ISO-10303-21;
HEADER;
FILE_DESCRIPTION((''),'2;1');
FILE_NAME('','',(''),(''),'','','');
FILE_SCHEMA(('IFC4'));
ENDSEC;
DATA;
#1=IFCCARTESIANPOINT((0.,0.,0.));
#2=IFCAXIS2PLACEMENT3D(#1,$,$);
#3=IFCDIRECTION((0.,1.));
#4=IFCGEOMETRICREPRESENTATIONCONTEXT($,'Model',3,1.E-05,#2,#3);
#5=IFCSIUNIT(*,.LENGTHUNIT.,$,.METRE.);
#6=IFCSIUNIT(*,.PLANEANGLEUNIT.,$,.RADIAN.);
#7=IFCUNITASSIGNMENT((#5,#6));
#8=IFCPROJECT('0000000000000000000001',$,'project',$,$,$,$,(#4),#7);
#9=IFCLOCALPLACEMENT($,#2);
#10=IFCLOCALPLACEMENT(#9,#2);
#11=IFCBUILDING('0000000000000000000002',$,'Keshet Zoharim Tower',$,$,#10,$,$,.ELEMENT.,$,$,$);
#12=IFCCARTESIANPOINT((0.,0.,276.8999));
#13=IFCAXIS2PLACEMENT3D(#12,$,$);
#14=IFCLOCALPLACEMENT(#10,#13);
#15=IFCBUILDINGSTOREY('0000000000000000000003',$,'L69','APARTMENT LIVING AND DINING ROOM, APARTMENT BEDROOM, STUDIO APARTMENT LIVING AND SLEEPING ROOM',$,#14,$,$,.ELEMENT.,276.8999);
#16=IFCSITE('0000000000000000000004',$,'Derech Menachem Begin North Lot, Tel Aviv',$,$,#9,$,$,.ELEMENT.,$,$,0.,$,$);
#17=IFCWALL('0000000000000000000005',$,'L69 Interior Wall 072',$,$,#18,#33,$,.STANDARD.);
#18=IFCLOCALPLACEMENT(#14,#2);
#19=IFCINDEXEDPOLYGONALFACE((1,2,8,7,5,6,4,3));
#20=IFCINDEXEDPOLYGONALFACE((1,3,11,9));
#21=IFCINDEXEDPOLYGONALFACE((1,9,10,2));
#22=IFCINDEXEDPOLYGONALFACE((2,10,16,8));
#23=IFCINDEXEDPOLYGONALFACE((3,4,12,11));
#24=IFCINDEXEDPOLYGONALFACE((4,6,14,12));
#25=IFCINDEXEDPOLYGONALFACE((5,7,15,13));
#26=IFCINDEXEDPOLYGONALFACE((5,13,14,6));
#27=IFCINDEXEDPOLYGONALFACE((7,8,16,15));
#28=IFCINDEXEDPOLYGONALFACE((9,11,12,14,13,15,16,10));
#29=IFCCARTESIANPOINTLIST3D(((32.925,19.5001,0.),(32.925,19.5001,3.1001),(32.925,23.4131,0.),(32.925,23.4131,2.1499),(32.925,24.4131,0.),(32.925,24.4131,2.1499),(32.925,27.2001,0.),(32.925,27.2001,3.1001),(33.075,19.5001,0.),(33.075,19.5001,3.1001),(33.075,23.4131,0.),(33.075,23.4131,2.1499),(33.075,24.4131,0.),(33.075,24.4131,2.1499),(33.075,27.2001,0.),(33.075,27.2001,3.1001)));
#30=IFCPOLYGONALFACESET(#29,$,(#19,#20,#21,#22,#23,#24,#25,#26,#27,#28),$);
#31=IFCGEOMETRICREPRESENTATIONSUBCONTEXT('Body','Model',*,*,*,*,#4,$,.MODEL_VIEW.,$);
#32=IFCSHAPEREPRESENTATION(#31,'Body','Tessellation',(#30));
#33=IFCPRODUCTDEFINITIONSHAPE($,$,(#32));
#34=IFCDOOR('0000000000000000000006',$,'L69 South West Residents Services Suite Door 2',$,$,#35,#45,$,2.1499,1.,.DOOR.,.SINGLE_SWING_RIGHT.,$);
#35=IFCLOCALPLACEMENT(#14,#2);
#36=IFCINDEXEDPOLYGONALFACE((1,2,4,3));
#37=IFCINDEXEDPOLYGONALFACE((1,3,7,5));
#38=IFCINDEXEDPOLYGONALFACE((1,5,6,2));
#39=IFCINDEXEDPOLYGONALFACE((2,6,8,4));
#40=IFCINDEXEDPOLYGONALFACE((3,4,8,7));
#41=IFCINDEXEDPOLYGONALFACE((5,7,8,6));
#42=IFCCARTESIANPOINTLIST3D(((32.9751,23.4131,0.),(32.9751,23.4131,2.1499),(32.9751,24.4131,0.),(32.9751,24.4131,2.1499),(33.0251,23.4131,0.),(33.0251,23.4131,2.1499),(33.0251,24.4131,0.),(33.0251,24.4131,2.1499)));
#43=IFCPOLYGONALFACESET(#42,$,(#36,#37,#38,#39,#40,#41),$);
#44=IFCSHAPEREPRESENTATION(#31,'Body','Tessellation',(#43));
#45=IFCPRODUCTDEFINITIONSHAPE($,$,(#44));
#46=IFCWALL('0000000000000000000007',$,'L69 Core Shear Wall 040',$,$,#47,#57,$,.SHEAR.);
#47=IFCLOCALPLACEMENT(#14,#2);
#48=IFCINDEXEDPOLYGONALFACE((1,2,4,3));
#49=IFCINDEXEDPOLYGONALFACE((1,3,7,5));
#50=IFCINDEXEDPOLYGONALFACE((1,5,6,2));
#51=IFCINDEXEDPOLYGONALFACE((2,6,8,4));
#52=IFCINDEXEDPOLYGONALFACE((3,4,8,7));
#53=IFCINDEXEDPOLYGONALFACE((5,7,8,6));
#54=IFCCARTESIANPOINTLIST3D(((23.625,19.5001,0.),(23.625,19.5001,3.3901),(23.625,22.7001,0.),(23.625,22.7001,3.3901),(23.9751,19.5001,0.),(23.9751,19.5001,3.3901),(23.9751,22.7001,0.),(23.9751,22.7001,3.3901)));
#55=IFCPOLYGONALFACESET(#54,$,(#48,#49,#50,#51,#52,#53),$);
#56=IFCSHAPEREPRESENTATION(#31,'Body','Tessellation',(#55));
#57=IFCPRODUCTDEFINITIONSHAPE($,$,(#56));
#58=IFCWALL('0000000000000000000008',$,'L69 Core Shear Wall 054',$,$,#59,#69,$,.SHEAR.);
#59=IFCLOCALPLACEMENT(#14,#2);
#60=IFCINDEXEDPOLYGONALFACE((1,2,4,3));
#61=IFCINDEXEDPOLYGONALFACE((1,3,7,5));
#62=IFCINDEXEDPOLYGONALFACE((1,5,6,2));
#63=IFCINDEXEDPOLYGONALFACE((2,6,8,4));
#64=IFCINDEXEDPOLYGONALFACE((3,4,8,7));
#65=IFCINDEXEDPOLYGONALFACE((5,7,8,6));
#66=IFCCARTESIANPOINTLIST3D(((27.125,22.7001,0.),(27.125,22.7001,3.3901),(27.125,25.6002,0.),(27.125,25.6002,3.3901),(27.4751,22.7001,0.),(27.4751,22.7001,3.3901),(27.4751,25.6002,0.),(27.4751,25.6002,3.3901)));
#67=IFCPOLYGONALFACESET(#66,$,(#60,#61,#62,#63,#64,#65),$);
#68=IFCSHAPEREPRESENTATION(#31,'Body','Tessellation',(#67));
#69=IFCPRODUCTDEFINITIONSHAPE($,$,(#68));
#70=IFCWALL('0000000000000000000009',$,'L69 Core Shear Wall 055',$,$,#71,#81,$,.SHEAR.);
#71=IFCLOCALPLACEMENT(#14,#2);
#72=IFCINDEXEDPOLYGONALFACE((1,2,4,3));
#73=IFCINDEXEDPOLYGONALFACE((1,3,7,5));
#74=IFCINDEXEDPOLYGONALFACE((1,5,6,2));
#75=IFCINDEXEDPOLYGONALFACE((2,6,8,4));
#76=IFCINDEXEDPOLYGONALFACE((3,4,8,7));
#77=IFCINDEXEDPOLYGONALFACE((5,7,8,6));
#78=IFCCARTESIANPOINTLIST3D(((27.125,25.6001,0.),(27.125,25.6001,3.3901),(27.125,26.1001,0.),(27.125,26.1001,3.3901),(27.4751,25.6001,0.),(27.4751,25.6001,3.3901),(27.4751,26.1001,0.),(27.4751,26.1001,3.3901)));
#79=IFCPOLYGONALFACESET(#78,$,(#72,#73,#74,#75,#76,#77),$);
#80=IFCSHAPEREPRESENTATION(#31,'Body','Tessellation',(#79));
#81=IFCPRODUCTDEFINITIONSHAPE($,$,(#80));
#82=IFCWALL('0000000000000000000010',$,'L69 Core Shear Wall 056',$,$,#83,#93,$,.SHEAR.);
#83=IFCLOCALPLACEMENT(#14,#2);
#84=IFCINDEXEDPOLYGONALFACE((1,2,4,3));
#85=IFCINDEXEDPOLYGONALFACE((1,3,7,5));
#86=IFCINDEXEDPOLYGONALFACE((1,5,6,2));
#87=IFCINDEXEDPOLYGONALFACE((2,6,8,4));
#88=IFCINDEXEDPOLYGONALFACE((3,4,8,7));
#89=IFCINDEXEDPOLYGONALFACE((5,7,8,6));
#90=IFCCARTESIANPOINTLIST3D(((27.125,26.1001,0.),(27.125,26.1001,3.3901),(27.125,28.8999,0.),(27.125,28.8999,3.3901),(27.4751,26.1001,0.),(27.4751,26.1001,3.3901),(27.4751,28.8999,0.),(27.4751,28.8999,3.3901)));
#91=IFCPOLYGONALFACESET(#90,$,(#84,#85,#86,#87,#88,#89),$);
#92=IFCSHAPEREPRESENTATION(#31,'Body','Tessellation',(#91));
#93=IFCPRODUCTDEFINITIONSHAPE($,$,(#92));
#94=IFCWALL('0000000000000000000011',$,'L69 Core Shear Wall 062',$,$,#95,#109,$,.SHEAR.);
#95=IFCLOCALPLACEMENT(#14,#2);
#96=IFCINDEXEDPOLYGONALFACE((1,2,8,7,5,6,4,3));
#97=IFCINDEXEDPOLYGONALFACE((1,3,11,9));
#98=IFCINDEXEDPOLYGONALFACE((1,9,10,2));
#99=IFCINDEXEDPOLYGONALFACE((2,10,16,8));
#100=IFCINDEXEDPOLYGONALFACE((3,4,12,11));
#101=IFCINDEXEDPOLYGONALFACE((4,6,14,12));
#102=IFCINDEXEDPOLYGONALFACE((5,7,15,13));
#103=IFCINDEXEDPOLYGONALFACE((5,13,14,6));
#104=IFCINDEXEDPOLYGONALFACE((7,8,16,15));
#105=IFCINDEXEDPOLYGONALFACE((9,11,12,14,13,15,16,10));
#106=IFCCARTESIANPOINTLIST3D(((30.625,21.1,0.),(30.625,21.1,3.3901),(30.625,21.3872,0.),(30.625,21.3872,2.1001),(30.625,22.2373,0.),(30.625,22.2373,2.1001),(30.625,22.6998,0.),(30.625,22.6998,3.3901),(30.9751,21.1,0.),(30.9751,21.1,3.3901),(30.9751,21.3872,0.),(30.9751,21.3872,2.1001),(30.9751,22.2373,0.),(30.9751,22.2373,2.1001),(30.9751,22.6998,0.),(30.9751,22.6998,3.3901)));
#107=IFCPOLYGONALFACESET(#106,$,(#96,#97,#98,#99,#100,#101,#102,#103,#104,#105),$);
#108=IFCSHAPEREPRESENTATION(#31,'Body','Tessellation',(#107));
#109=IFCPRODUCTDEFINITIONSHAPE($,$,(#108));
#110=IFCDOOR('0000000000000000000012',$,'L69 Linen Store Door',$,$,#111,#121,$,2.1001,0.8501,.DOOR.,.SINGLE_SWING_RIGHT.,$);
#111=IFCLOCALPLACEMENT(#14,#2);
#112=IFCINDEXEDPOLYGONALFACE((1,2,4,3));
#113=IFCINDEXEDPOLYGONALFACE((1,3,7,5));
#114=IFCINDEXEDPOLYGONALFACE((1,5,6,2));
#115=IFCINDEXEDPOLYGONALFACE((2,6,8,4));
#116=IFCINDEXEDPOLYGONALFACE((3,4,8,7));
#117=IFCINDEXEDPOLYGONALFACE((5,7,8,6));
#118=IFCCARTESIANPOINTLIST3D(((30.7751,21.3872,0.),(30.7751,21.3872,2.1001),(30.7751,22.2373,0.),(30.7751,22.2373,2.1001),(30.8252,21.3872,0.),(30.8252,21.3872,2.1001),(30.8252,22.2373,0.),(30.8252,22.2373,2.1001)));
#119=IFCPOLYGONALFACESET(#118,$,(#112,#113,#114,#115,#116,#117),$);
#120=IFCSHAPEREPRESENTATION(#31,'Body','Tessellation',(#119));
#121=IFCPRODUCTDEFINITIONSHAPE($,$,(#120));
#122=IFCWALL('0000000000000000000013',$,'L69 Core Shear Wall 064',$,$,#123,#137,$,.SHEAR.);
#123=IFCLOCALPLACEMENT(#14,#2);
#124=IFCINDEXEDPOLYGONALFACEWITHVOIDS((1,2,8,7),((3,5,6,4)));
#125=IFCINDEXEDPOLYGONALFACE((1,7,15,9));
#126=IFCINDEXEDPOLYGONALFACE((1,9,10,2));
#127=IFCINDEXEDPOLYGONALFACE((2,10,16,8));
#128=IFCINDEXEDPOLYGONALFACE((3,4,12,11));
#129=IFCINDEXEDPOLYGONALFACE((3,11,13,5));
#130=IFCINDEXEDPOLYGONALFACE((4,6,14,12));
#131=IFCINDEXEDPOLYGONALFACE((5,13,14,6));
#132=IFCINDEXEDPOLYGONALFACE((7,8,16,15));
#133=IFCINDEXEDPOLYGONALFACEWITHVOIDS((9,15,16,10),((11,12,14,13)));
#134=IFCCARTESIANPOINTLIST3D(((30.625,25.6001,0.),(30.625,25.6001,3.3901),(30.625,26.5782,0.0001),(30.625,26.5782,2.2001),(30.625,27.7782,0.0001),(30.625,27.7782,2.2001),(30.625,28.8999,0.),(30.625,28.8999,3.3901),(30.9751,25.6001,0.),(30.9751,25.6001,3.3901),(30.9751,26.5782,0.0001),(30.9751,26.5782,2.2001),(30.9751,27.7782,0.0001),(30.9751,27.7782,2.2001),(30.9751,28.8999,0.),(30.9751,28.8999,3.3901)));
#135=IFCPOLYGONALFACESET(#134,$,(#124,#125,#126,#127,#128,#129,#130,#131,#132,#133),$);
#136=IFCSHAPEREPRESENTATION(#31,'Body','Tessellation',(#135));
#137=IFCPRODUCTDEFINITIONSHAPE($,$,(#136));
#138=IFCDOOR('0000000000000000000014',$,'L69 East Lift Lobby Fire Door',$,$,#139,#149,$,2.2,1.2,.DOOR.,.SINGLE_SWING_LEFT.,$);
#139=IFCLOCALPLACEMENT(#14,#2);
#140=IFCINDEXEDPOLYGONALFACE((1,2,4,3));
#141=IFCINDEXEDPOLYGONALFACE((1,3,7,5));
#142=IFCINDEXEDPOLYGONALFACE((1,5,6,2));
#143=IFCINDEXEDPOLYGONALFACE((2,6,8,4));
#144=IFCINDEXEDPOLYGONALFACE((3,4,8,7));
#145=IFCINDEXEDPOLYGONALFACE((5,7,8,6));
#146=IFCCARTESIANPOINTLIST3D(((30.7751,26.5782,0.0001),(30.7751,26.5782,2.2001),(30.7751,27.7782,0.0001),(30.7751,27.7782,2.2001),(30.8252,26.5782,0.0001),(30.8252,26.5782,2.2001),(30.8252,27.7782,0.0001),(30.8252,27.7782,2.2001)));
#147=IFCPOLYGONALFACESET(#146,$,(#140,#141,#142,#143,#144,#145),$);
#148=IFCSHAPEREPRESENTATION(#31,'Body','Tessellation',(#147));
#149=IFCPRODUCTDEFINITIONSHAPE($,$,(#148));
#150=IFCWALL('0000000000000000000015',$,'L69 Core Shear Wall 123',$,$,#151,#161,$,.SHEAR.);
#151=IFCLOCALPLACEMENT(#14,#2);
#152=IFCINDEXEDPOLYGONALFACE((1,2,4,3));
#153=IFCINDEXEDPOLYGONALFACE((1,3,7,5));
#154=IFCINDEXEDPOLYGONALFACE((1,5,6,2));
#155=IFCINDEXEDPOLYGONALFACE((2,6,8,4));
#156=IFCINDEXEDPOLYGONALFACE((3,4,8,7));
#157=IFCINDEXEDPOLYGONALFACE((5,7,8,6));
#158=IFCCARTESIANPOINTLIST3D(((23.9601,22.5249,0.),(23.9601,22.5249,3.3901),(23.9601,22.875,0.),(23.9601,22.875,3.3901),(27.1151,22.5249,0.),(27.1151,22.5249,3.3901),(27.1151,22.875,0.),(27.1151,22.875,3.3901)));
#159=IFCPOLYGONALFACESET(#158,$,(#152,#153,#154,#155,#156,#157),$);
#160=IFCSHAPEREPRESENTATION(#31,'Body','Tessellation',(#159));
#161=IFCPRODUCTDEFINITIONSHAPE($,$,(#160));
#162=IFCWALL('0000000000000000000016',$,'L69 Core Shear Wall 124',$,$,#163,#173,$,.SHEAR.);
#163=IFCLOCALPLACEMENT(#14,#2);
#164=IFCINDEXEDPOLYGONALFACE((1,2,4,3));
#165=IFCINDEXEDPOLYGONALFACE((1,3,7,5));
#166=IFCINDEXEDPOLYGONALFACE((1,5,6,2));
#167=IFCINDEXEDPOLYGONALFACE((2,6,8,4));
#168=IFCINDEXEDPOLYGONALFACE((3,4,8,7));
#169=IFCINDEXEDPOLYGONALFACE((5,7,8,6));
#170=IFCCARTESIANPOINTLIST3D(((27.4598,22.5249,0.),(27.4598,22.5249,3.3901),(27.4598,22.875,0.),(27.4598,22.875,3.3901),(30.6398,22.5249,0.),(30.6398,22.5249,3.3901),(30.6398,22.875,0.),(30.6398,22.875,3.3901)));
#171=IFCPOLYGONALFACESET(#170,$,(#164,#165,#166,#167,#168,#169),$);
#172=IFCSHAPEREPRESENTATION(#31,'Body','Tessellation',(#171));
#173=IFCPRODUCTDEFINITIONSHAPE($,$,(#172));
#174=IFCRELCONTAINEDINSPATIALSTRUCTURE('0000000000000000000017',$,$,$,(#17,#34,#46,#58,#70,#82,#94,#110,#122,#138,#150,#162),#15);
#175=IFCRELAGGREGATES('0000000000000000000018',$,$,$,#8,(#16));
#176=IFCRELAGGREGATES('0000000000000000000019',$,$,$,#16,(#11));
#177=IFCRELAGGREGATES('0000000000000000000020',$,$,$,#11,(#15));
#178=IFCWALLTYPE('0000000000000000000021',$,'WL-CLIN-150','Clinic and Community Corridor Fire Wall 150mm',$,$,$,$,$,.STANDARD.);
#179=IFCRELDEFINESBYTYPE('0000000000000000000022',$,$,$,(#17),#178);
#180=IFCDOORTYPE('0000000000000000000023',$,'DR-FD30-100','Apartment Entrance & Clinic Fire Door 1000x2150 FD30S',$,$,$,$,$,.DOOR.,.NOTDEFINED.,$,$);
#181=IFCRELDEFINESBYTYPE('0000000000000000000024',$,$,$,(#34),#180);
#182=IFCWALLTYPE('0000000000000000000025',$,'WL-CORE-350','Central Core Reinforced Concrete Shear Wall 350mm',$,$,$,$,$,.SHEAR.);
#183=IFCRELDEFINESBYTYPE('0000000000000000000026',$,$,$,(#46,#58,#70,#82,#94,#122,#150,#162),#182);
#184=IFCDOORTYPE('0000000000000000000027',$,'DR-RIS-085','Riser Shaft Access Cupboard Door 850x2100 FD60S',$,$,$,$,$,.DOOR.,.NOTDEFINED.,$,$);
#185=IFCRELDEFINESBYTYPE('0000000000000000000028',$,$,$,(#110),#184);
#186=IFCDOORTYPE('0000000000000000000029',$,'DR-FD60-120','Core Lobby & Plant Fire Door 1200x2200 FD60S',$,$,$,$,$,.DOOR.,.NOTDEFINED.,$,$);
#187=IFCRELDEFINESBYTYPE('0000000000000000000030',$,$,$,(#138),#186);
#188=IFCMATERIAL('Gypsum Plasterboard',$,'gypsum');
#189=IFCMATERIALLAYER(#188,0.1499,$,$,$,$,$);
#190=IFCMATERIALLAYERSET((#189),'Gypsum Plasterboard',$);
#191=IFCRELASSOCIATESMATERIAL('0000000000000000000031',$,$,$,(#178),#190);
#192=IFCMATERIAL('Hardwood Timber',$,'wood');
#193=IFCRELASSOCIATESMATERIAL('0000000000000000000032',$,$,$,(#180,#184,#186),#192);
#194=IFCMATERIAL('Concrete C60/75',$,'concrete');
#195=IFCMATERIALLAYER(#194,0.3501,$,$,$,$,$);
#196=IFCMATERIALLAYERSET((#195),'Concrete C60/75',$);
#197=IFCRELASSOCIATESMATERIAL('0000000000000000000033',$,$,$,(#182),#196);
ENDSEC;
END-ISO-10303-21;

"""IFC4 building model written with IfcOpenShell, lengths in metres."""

from ifc_helpers import new_model, si_unit, direction, frame, frame_2d, origin, place, context, subcontext, project, spatial, rectangle, extrude, material, layer, layer_set, type_object, element, fill, save


model = new_model("IFC4")

# Units and contexts
model_context = context("Model", 3, precision=1e-05, world=origin(), true_north=direction((0.0, 1.0)))
body_context = subcontext(model_context, "Body", "Model", "MODEL_VIEW")
ifc_project = project(units=[si_unit("LENGTHUNIT", "METRE"), si_unit("PLANEANGLEUNIT", "RADIAN")], contexts=[model_context])

# Site, building, storey
site_placement = place(None, origin())
site = spatial("IfcSite", under=ifc_project, at=site_placement, Name="Derech Menachem Begin North Lot, Tel Aviv", CompositionType="ELEMENT", RefElevation=0.0)
building_placement = place(site_placement, origin())
building = spatial("IfcBuilding", under=site, at=building_placement, Name="Keshet Zoharim Tower", CompositionType="ELEMENT")
storey_placement = place(building_placement, frame((0.0, 0.0, 276.8999)))
storey = spatial("IfcBuildingStorey", under=building, at=storey_placement, Name="L69", Description="APARTMENT LIVING AND DINING ROOM, APARTMENT BEDROOM, STUDIO APARTMENT LIVING AND SLEEPING ROOM", CompositionType="ELEMENT", Elevation=276.8999)

# Shared definitions
ifc_material_1 = material(Name="Gypsum Plasterboard", Category="gypsum")
ifc_layer_1 = layer(ifc_material_1, 0.1499)
ifc_layer_set_1 = layer_set([ifc_layer_1], Name="Gypsum Plasterboard")
wall_type_1 = type_object("IfcWallType", Name="WL-CLIN-150", Description="Clinic and Community Corridor Fire Wall 150mm", PredefinedType="STANDARD", material=ifc_layer_set_1)

# Wall, opening, door
wall_1_placement = place(storey_placement, frame((33.0, 19.5, 0.0), z_axis=(0.0, 0.0, 1.0), x_axis=(0.0, 1.0, 0.0)))
wall_1 = element("IfcWall", 1, at=wall_1_placement, inside=storey, type_object=wall_type_1, Name="L69 Interior Wall 072", PredefinedType="STANDARD", context=body_context, shape_type="SweptSolid", body=[
    extrude(rectangle(XDim=7.7, YDim=0.1499, at=frame_2d((3.8501, 0.0))), origin(), (0.0, 0.0, 1.0), 3.1001),
])
opening_1_placement = place(wall_1_placement, frame((3.9131, 0.0, 0.0)))
opening_1 = element("IfcOpeningElement", 2, at=opening_1_placement, cuts=wall_1, PredefinedType="OPENING", context=body_context, shape_type="SweptSolid", body=[
    extrude(rectangle(XDim=1.0, YDim=2.1499, at=frame_2d((0.5, 1.075))), frame((0.0, 0.085, 0.0), z_axis=(0.0, -1.0, 0.0), x_axis=(1.0, 0.0, 0.0)), (0.0, 0.0, 1.0), 0.1699),
])
ifc_material_2 = material(Name="Hardwood Timber", Category="wood")
door_type_1 = type_object("IfcDoorType", Name="DR-FD30-100", Description="Apartment Entrance & Clinic Fire Door 1000x2150 FD30S", OperationType="NOTDEFINED", PredefinedType="DOOR", material=ifc_material_2)
door_1_placement = place(opening_1_placement, origin())
door_1 = element("IfcDoor", 3, at=door_1_placement, inside=storey, type_object=door_type_1, Name="L69 South West Residents Services Suite Door 2", OperationType="SINGLE_SWING_RIGHT", OverallHeight=2.1499, OverallWidth=1.0, PredefinedType="DOOR", context=body_context, shape_type="SweptSolid", body=[
    extrude(rectangle(XDim=1.0, YDim=2.1499, at=frame_2d((0.5, 1.075))), frame((0.0, 0.0249, 0.0), z_axis=(0.0, -1.0, 0.0), x_axis=(1.0, 0.0, 0.0)), (0.0, 0.0, 1.0), 0.05),
])
fill(opening_1, door_1)

# Wall
ifc_material_3 = material(Name="Concrete C60/75", Category="concrete")
ifc_layer_2 = layer(ifc_material_3, 0.3501)
ifc_layer_set_2 = layer_set([ifc_layer_2], Name="Concrete C60/75")
wall_type_2 = type_object("IfcWallType", Name="WL-CORE-350", Description="Central Core Reinforced Concrete Shear Wall 350mm", PredefinedType="SHEAR", material=ifc_layer_set_2)
wall_2_placement = place(storey_placement, frame((23.8, 19.5, 0.0), z_axis=(0.0, 0.0, 1.0), x_axis=(0.0, 1.0, 0.0)))
element("IfcWall", 4, at=wall_2_placement, inside=storey, type_object=wall_type_2, Name="L69 Core Shear Wall 040", PredefinedType="SHEAR", context=body_context, shape_type="SweptSolid", body=[
    extrude(rectangle(XDim=3.2, YDim=0.3501, at=frame_2d((1.6001, 0.0))), origin(), (0.0, 0.0, 1.0), 3.3901),
])

# Walls
wall_3_placement = place(storey_placement, frame((27.3, 22.7, 0.0), z_axis=(0.0, 0.0, 1.0), x_axis=(0.0, 1.0, 0.0)))
element("IfcWall", 5, at=wall_3_placement, inside=storey, type_object=wall_type_2, Name="L69 Core Shear Wall 054", PredefinedType="SHEAR", context=body_context, shape_type="SweptSolid", body=[
    extrude(rectangle(XDim=2.9001, YDim=0.3501, at=frame_2d((1.4502, 0.0))), origin(), (0.0, 0.0, 1.0), 3.3901),
])
wall_4_placement = place(storey_placement, frame((27.3, 25.6001, 0.0), z_axis=(0.0, 0.0, 1.0), x_axis=(0.0, 1.0, 0.0)))
element("IfcWall", 6, at=wall_4_placement, inside=storey, type_object=wall_type_2, Name="L69 Core Shear Wall 055", PredefinedType="SHEAR", context=body_context, shape_type="SweptSolid", body=[
    extrude(rectangle(XDim=0.5, YDim=0.3501, at=frame_2d((0.25, 0.0))), origin(), (0.0, 0.0, 1.0), 3.3901),
])
wall_5_placement = place(storey_placement, frame((27.3, 26.1001, 0.0), z_axis=(0.0, 0.0, 1.0), x_axis=(0.0, 1.0, 0.0)))
element("IfcWall", 7, at=wall_5_placement, inside=storey, type_object=wall_type_2, Name="L69 Core Shear Wall 056", PredefinedType="SHEAR", context=body_context, shape_type="SweptSolid", body=[
    extrude(rectangle(XDim=2.7998, YDim=0.3501, at=frame_2d((1.3999, 0.0))), origin(), (0.0, 0.0, 1.0), 3.3901),
])

# Walls, openings, doors
wall_6_placement = place(storey_placement, frame((30.8, 21.1001, 0.0), z_axis=(0.0, 0.0, 1.0), x_axis=(0.0, 1.0, 0.0)))
wall_6 = element("IfcWall", 8, at=wall_6_placement, inside=storey, type_object=wall_type_2, Name="L69 Core Shear Wall 062", PredefinedType="SHEAR", context=body_context, shape_type="SweptSolid", body=[
    extrude(rectangle(XDim=1.5999, YDim=0.3501, at=frame_2d((0.7998, 0.0))), origin(), (0.0, 0.0, 1.0), 3.3901),
])
opening_2_placement = place(wall_6_placement, frame((0.2871, 0.0, 0.0)))
opening_2 = element("IfcOpeningElement", 9, at=opening_2_placement, cuts=wall_6, PredefinedType="OPENING", context=body_context, shape_type="SweptSolid", body=[
    extrude(rectangle(XDim=0.8501, YDim=2.1001, at=frame_2d((0.425, 1.05))), frame((0.0, 0.1851, 0.0), z_axis=(0.0, -1.0, 0.0), x_axis=(1.0, 0.0, 0.0)), (0.0, 0.0, 1.0), 0.3701),
])
door_type_2 = type_object("IfcDoorType", Name="DR-RIS-085", Description="Riser Shaft Access Cupboard Door 850x2100 FD60S", OperationType="NOTDEFINED", PredefinedType="DOOR", material=ifc_material_2)
door_2_placement = place(opening_2_placement, origin())
door_2 = element("IfcDoor", 10, at=door_2_placement, inside=storey, type_object=door_type_2, Name="L69 Linen Store Door", OperationType="SINGLE_SWING_RIGHT", OverallHeight=2.1001, OverallWidth=0.8501, PredefinedType="DOOR", context=body_context, shape_type="SweptSolid", body=[
    extrude(rectangle(XDim=0.8501, YDim=2.1001, at=frame_2d((0.425, 1.05))), frame((0.0, 0.0249, 0.0), z_axis=(0.0, -1.0, 0.0), x_axis=(1.0, 0.0, 0.0)), (0.0, 0.0, 1.0), 0.05),
])
fill(opening_2, door_2)
wall_7_placement = place(storey_placement, frame((30.8, 25.6001, 0.0), z_axis=(0.0, 0.0, 1.0), x_axis=(0.0, 1.0, 0.0)))
wall_7 = element("IfcWall", 11, at=wall_7_placement, inside=storey, type_object=wall_type_2, Name="L69 Core Shear Wall 064", PredefinedType="SHEAR", context=body_context, shape_type="SweptSolid", body=[
    extrude(rectangle(XDim=3.2998, YDim=0.3501, at=frame_2d((1.6499, 0.0))), origin(), (0.0, 0.0, 1.0), 3.3901),
])
opening_3_placement = place(wall_7_placement, frame((0.978, 0.0, 0.0)))
opening_3 = element("IfcOpeningElement", 12, at=opening_3_placement, cuts=wall_7, PredefinedType="OPENING", context=body_context, shape_type="SweptSolid", body=[
    extrude(rectangle(XDim=1.2, YDim=2.2, at=frame_2d((0.6001, 1.1001))), frame((0.0, 0.1851, 0.0), z_axis=(0.0, -1.0, 0.0), x_axis=(1.0, 0.0, 0.0)), (0.0, 0.0, 1.0), 0.3701),
])
door_type_3 = type_object("IfcDoorType", Name="DR-FD60-120", Description="Core Lobby & Plant Fire Door 1200x2200 FD60S", OperationType="NOTDEFINED", PredefinedType="DOOR", material=ifc_material_2)
door_3_placement = place(opening_3_placement, origin())
door_3 = element("IfcDoor", 13, at=door_3_placement, inside=storey, type_object=door_type_3, Name="L69 East Lift Lobby Fire Door", OperationType="SINGLE_SWING_LEFT", OverallHeight=2.2, OverallWidth=1.2, PredefinedType="DOOR", context=body_context, shape_type="SweptSolid", body=[
    extrude(rectangle(XDim=1.2, YDim=2.2, at=frame_2d((0.6001, 1.1001))), frame((0.0, 0.0249, 0.0), z_axis=(0.0, -1.0, 0.0), x_axis=(1.0, 0.0, 0.0)), (0.0, 0.0, 1.0), 0.05),
])
fill(opening_3, door_3)

# Walls
wall_8_placement = place(storey_placement, frame((23.96, 22.7, 0.0), z_axis=(0.0, 0.0, 1.0), x_axis=(1.0, 0.0, 0.0)))
element("IfcWall", 14, at=wall_8_placement, inside=storey, type_object=wall_type_2, Name="L69 Core Shear Wall 123", PredefinedType="SHEAR", context=body_context, shape_type="SweptSolid", body=[
    extrude(rectangle(XDim=3.155, YDim=0.3501, at=frame_2d((1.5776, 0.0))), origin(), (0.0, 0.0, 1.0), 3.3901),
])
wall_9_placement = place(storey_placement, frame((27.46, 22.7, 0.0), z_axis=(0.0, 0.0, 1.0), x_axis=(1.0, 0.0, 0.0)))
element("IfcWall", 15, at=wall_9_placement, inside=storey, type_object=wall_type_2, Name="L69 Core Shear Wall 124", PredefinedType="SHEAR", context=body_context, shape_type="SweptSolid", body=[
    extrude(rectangle(XDim=3.1799, YDim=0.3501, at=frame_2d((1.5898, 0.0))), origin(), (0.0, 0.0, 1.0), 3.3901),
])

save(model, "model.ifc")
